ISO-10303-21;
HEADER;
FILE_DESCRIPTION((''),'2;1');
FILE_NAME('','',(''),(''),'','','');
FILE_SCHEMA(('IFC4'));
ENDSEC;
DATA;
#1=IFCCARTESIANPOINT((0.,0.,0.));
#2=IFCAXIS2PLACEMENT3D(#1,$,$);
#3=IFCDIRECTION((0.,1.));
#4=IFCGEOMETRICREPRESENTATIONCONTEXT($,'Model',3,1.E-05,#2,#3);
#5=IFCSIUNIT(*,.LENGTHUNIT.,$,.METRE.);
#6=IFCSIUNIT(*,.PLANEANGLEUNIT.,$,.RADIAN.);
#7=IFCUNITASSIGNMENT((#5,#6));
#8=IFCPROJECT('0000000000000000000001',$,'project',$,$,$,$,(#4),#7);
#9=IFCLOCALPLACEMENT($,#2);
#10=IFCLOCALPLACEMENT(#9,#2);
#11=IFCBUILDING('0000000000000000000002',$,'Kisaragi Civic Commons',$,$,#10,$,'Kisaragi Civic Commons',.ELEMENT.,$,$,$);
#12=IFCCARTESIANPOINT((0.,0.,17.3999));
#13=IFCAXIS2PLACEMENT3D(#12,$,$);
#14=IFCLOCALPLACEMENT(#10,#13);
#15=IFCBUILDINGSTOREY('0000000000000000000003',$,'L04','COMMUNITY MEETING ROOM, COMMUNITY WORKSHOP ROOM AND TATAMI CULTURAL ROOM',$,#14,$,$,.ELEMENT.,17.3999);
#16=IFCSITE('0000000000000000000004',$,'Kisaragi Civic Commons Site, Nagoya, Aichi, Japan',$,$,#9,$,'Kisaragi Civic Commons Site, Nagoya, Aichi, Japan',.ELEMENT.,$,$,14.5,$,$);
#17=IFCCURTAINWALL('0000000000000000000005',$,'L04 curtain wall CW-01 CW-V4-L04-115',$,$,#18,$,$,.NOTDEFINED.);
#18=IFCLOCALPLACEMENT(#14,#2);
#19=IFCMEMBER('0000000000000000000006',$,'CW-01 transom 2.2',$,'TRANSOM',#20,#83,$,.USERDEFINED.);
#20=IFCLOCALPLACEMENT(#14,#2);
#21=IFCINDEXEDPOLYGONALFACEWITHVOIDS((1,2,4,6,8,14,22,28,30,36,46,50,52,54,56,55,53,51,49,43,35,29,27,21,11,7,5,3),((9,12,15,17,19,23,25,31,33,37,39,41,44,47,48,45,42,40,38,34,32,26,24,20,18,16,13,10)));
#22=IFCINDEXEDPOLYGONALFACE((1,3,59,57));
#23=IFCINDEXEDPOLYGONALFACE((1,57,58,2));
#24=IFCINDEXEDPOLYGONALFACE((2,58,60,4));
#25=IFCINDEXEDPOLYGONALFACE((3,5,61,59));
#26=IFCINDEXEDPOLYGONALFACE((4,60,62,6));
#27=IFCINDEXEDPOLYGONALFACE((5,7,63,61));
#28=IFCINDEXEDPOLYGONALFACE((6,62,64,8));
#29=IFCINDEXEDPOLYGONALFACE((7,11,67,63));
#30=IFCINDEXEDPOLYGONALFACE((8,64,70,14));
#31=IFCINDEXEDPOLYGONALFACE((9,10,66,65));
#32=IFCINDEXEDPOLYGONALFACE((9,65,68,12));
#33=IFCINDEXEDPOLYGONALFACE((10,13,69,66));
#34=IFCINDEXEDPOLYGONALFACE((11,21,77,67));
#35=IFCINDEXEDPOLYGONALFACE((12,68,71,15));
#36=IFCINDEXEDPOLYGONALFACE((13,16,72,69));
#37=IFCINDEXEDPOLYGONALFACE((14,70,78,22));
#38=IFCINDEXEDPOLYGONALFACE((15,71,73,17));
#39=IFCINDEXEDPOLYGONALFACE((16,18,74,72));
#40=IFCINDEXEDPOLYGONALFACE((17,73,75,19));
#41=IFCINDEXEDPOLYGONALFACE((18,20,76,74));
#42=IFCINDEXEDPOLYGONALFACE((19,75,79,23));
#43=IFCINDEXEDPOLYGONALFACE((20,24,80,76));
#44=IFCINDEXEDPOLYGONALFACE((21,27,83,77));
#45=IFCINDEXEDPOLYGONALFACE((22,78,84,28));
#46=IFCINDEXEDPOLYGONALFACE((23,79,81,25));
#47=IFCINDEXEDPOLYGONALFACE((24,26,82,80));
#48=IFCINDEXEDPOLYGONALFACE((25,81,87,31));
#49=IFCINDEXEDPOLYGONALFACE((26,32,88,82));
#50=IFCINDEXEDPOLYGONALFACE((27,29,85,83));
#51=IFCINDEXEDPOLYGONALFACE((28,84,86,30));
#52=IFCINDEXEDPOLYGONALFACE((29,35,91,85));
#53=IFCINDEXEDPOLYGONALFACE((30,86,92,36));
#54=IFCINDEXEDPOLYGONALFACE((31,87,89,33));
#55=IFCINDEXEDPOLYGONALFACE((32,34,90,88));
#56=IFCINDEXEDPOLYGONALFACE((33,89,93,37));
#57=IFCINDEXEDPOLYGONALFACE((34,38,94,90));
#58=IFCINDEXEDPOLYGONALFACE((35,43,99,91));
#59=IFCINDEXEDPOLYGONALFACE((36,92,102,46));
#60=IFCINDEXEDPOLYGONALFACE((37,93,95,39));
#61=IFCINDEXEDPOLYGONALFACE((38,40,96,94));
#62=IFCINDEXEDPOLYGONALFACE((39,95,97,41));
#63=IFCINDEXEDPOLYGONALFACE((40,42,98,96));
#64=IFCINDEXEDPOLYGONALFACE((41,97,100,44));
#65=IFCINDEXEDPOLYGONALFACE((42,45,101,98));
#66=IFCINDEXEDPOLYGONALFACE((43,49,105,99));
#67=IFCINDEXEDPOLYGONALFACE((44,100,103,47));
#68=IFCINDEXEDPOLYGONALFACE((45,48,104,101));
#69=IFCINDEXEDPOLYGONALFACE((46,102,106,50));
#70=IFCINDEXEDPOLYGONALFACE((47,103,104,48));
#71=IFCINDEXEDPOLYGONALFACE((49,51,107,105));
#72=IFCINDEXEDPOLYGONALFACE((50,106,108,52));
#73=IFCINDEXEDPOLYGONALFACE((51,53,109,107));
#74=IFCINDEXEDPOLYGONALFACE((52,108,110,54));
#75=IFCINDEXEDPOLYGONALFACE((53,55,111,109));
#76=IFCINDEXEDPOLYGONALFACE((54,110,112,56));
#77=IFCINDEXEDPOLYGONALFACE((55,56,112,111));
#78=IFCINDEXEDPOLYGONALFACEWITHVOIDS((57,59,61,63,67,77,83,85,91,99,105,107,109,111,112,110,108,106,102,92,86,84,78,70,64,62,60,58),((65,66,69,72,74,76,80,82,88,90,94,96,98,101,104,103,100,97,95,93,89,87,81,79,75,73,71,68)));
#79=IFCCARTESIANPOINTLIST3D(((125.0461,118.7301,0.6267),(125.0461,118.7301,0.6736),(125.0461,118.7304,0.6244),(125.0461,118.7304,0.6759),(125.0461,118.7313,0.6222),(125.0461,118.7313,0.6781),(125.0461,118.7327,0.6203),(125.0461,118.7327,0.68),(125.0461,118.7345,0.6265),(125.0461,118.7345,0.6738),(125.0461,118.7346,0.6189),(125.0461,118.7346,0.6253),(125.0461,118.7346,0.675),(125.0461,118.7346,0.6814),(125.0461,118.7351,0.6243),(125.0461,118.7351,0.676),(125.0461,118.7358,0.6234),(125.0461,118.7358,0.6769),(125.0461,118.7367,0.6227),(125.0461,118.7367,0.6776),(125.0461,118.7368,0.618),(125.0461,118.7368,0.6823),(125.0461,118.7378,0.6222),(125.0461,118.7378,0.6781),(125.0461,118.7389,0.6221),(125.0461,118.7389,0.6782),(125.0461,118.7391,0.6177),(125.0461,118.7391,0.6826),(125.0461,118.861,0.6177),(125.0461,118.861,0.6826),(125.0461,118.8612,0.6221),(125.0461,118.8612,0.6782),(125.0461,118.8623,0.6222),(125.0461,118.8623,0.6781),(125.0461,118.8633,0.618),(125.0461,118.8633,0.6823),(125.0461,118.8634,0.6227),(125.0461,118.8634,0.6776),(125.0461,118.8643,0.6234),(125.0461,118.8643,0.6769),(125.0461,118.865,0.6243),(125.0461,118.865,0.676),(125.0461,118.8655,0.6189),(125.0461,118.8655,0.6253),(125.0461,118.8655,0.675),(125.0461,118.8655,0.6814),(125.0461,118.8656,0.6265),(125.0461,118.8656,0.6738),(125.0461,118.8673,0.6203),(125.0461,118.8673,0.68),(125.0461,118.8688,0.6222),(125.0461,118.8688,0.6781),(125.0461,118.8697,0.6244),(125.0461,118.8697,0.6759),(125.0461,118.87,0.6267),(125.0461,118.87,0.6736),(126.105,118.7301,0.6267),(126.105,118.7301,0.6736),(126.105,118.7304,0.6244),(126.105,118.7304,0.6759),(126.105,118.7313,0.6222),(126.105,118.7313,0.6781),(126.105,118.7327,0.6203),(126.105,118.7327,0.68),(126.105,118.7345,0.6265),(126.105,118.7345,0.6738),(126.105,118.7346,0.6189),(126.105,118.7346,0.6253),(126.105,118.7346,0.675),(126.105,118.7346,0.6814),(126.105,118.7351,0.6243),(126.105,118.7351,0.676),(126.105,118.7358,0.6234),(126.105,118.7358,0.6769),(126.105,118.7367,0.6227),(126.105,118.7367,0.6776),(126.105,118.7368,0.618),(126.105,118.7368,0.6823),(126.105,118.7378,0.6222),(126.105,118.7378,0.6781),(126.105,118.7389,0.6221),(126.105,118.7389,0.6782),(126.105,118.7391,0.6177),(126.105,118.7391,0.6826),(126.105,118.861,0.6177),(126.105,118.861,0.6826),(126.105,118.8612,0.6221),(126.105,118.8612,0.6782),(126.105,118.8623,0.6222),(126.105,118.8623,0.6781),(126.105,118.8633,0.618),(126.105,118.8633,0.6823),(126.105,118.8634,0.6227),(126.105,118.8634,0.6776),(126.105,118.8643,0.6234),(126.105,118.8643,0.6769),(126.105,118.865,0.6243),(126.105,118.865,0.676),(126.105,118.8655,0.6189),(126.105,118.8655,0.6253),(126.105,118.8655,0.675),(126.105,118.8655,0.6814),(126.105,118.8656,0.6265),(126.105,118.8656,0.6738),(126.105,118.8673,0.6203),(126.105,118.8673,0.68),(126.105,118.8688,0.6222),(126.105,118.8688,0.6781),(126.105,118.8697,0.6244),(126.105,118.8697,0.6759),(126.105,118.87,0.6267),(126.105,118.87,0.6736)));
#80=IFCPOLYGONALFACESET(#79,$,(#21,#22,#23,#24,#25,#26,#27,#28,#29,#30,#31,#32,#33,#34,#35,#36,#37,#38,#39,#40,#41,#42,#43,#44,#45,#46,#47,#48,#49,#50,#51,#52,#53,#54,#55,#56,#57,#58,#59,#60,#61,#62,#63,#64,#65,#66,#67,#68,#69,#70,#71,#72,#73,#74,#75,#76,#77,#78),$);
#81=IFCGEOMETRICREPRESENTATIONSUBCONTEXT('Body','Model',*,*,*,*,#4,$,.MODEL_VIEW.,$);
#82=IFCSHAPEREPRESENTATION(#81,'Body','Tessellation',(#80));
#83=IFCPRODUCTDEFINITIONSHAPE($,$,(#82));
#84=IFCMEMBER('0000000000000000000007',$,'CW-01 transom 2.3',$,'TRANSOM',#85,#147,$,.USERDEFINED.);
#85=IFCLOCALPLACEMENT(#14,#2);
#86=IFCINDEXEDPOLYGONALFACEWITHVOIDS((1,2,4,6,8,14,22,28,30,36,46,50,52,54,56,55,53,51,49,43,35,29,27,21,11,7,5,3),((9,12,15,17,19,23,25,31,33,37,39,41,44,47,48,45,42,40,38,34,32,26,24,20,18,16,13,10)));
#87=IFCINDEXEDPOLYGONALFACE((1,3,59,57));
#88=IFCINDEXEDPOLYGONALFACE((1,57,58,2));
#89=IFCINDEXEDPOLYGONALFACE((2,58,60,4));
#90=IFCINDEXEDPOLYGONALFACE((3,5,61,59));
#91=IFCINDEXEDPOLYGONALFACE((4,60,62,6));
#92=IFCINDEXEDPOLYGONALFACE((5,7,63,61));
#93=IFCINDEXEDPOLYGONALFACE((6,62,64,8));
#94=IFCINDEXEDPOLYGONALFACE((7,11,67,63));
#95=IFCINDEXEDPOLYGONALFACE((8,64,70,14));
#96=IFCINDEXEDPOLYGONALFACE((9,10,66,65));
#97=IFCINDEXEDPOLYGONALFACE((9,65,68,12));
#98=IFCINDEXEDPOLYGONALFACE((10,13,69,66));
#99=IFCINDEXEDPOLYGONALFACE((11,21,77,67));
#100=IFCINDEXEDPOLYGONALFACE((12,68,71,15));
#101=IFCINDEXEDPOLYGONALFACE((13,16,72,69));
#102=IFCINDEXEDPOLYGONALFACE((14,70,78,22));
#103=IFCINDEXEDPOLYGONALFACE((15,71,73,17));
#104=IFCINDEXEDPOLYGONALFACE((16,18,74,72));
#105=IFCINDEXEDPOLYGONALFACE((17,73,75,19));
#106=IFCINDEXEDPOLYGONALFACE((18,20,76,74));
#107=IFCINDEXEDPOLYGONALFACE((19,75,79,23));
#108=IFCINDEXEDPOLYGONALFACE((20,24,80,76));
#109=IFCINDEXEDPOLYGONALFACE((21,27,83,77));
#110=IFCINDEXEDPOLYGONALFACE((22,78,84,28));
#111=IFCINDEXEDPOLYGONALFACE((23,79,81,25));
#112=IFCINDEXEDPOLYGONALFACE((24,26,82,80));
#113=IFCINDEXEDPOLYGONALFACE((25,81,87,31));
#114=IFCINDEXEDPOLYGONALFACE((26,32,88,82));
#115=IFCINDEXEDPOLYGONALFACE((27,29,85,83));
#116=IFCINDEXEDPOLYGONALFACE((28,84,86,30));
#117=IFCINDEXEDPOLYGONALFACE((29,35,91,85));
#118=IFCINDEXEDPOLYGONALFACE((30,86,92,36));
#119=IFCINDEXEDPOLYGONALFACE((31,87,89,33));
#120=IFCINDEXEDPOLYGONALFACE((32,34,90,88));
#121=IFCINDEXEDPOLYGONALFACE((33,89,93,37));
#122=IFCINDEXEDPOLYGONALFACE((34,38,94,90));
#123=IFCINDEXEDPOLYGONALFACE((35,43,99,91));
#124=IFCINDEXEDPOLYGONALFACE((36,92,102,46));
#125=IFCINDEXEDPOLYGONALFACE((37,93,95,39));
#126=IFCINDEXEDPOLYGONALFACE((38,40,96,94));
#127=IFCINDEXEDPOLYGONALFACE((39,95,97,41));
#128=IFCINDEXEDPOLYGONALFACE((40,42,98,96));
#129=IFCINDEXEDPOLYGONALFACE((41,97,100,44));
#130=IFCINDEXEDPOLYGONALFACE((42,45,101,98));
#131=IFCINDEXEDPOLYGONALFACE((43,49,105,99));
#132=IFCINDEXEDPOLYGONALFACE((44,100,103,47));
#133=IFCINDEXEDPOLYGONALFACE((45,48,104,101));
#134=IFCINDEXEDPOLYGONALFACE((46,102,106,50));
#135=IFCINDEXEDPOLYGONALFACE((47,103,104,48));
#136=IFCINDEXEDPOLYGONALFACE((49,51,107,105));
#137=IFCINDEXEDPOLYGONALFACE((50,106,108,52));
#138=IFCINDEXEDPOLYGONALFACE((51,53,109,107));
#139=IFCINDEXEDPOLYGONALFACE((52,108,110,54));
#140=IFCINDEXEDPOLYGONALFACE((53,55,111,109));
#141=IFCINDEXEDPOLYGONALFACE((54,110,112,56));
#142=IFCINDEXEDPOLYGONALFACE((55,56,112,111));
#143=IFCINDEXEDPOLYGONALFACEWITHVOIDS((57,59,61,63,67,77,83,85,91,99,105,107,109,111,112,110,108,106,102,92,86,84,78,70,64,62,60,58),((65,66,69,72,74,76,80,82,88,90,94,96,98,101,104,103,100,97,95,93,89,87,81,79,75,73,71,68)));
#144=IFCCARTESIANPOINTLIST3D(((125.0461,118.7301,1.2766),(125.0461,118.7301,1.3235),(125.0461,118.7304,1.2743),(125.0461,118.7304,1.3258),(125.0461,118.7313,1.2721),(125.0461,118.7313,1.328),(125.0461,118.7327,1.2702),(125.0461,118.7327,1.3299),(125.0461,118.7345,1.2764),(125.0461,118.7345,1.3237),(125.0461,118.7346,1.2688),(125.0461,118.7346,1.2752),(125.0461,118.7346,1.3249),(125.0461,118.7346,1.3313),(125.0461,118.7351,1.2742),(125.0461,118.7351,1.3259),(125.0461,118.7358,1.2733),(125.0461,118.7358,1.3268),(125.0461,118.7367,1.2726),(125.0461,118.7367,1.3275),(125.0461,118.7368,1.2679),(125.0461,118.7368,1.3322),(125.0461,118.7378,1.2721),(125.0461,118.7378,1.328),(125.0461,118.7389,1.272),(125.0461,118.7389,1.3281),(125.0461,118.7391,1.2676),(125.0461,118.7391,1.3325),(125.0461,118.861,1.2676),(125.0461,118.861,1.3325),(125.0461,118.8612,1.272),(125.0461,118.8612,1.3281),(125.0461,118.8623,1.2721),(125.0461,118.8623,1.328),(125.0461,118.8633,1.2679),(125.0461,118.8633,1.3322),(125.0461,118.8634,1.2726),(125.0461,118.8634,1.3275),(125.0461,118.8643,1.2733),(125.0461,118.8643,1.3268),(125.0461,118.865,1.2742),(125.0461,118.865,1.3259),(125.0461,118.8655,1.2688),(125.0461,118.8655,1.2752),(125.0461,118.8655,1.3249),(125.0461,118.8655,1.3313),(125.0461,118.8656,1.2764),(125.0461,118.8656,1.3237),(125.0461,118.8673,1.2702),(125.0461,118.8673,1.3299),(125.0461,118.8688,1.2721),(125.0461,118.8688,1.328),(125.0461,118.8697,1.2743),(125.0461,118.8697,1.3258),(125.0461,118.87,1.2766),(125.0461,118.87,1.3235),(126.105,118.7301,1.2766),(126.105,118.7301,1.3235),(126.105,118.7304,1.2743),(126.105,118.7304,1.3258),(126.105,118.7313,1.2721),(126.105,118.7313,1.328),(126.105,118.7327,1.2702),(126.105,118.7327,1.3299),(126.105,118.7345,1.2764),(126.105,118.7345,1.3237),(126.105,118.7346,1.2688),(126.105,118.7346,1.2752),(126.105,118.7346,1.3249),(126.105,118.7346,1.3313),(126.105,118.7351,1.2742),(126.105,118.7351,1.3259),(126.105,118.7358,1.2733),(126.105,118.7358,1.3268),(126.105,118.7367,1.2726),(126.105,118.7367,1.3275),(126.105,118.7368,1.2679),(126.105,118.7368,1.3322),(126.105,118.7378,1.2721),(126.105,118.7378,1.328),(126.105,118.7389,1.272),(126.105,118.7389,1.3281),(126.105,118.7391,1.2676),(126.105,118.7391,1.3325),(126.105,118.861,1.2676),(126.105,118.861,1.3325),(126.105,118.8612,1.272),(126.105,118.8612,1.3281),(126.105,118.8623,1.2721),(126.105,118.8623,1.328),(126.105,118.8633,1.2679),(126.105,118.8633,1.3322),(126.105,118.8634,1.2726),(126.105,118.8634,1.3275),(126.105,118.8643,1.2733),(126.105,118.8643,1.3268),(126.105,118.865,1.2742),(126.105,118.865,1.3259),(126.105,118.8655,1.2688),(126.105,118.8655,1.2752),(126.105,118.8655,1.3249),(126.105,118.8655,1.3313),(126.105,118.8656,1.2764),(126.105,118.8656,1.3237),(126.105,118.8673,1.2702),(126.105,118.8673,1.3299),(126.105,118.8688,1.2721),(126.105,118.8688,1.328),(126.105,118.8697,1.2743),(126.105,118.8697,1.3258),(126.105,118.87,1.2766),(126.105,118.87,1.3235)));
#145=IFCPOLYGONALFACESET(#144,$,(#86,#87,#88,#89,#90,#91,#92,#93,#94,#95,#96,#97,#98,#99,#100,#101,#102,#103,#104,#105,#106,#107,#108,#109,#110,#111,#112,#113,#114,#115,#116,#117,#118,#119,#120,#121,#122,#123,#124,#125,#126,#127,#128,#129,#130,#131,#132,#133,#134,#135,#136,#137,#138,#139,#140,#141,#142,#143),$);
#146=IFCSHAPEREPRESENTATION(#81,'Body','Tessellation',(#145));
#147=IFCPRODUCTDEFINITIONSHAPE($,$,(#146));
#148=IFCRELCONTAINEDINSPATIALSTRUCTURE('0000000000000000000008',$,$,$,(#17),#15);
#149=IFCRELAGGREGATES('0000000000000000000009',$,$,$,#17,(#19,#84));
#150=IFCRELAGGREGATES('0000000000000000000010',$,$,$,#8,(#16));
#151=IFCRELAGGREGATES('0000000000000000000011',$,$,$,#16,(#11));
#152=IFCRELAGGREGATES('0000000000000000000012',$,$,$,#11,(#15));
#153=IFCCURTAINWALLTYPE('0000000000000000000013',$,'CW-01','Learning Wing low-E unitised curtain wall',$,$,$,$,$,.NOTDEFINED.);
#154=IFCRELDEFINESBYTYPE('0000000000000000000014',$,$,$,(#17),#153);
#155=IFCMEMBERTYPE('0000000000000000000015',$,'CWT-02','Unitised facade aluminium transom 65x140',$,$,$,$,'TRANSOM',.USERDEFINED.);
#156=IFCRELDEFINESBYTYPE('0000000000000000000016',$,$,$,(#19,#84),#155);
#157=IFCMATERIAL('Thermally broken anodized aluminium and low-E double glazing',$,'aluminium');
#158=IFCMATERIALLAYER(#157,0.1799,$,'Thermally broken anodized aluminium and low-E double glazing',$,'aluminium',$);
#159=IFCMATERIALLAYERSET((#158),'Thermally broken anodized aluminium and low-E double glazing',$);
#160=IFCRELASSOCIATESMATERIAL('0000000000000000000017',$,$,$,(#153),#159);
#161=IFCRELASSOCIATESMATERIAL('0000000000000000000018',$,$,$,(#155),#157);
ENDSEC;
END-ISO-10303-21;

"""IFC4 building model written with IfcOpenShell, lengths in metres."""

from ifc_helpers import new_model, si_unit, direction, frame, origin, origin_2d, place, context, subcontext, project, spatial, hollow_rectangle, extrude, material, layer, layer_set, material_profile, profile_set, type_object, element, aggregate, save


model = new_model("IFC4")

# Units and contexts
model_context = context("Model", 3, precision=1e-05, world=origin(), true_north=direction((0.0, 1.0)))
body_context = subcontext(model_context, "Body", "Model", "MODEL_VIEW")
ifc_project = project(units=[si_unit("LENGTHUNIT", "METRE"), si_unit("PLANEANGLEUNIT", "RADIAN")], contexts=[model_context])

# Site, building, storey
site_placement = place(None, origin())
site = spatial("IfcSite", under=ifc_project, at=site_placement, Name="Kisaragi Civic Commons Site, Nagoya, Aichi, Japan", LongName="Kisaragi Civic Commons Site, Nagoya, Aichi, Japan", CompositionType="ELEMENT", RefElevation=14.5)
building_placement = place(site_placement, origin())
building = spatial("IfcBuilding", under=site, at=building_placement, Name="Kisaragi Civic Commons", LongName="Kisaragi Civic Commons", CompositionType="ELEMENT")
storey_placement = place(building_placement, frame((0.0, 0.0, 17.3999)))
storey = spatial("IfcBuildingStorey", under=building, at=storey_placement, Name="L04", Description="COMMUNITY MEETING ROOM, COMMUNITY WORKSHOP ROOM AND TATAMI CULTURAL ROOM", CompositionType="ELEMENT", Elevation=17.3999)

# Curtain wall
ifc_material_1 = material(Name="Thermally broken anodized aluminium and low-E double glazing", Category="aluminium")
ifc_layer_1 = layer(ifc_material_1, 0.1799, Name="Thermally broken anodized aluminium and low-E double glazing", Category="aluminium")
ifc_layer_set_1 = layer_set([ifc_layer_1], Name="Thermally broken anodized aluminium and low-E double glazing")
curtain_wall_type = type_object("IfcCurtainWallType", Name="CW-01", Description="Learning Wing low-E unitised curtain wall", PredefinedType="NOTDEFINED", material=ifc_layer_set_1)
curtain_wall_1_placement = place(storey_placement, origin())
curtain_wall_1 = element("IfcCurtainWall", 1, at=curtain_wall_1_placement, inside=storey, type_object=curtain_wall_type, Name="L04 curtain wall CW-01 CW-V4-L04-115", PredefinedType="NOTDEFINED")

# Members
ifc_material_profile_1 = material_profile(ifc_material_1, hollow_rectangle(XDim=0.1399, YDim=0.0649, WallThickness=0.0044, InnerFilletRadius=0.0044, OuterFilletRadius=0.009, at=origin_2d()), Name="CWT-65x140x4.5", Category="aluminium")
ifc_profile_set_1 = profile_set([ifc_material_profile_1], Name="Thermally broken anodized aluminium and low-E double glazing")
member_type_1 = type_object("IfcMemberType", Name="CWT-02", Description="Unitised facade aluminium transom 65x140", ElementType="TRANSOM", PredefinedType="USERDEFINED", material=ifc_profile_set_1)
member_1_placement = place(storey_placement, frame((125.0461, 118.8, 0.6501), z_axis=(1.0, 0.0, 0.0), x_axis=(0.0, 1.0, 0.0)))
member_1 = element("IfcMember", 2, at=member_1_placement, type_object=member_type_1, Name="CW-01 transom 2.2", ObjectType="TRANSOM", PredefinedType="USERDEFINED", context=body_context, shape_type="SweptSolid", body=[
    extrude(hollow_rectangle(XDim=0.1399, YDim=0.0649, WallThickness=0.0044, InnerFilletRadius=0.0044, OuterFilletRadius=0.009, at=origin_2d()), origin(), (0.0, 0.0, 1.0), 1.0588),
])
member_2_placement = place(storey_placement, frame((125.0461, 118.8, 1.3), z_axis=(1.0, 0.0, 0.0), x_axis=(0.0, 1.0, 0.0)))
member_2 = element("IfcMember", 3, at=member_2_placement, type_object=member_type_1, Name="CW-01 transom 2.3", ObjectType="TRANSOM", PredefinedType="USERDEFINED", context=body_context, shape_type="SweptSolid", body=[
    extrude(hollow_rectangle(XDim=0.1399, YDim=0.0649, WallThickness=0.0044, InnerFilletRadius=0.0044, OuterFilletRadius=0.009, at=origin_2d()), origin(), (0.0, 0.0, 1.0), 1.0588),
])

aggregate(curtain_wall_1, [member_1, member_2])

save(model, "model.ifc")
